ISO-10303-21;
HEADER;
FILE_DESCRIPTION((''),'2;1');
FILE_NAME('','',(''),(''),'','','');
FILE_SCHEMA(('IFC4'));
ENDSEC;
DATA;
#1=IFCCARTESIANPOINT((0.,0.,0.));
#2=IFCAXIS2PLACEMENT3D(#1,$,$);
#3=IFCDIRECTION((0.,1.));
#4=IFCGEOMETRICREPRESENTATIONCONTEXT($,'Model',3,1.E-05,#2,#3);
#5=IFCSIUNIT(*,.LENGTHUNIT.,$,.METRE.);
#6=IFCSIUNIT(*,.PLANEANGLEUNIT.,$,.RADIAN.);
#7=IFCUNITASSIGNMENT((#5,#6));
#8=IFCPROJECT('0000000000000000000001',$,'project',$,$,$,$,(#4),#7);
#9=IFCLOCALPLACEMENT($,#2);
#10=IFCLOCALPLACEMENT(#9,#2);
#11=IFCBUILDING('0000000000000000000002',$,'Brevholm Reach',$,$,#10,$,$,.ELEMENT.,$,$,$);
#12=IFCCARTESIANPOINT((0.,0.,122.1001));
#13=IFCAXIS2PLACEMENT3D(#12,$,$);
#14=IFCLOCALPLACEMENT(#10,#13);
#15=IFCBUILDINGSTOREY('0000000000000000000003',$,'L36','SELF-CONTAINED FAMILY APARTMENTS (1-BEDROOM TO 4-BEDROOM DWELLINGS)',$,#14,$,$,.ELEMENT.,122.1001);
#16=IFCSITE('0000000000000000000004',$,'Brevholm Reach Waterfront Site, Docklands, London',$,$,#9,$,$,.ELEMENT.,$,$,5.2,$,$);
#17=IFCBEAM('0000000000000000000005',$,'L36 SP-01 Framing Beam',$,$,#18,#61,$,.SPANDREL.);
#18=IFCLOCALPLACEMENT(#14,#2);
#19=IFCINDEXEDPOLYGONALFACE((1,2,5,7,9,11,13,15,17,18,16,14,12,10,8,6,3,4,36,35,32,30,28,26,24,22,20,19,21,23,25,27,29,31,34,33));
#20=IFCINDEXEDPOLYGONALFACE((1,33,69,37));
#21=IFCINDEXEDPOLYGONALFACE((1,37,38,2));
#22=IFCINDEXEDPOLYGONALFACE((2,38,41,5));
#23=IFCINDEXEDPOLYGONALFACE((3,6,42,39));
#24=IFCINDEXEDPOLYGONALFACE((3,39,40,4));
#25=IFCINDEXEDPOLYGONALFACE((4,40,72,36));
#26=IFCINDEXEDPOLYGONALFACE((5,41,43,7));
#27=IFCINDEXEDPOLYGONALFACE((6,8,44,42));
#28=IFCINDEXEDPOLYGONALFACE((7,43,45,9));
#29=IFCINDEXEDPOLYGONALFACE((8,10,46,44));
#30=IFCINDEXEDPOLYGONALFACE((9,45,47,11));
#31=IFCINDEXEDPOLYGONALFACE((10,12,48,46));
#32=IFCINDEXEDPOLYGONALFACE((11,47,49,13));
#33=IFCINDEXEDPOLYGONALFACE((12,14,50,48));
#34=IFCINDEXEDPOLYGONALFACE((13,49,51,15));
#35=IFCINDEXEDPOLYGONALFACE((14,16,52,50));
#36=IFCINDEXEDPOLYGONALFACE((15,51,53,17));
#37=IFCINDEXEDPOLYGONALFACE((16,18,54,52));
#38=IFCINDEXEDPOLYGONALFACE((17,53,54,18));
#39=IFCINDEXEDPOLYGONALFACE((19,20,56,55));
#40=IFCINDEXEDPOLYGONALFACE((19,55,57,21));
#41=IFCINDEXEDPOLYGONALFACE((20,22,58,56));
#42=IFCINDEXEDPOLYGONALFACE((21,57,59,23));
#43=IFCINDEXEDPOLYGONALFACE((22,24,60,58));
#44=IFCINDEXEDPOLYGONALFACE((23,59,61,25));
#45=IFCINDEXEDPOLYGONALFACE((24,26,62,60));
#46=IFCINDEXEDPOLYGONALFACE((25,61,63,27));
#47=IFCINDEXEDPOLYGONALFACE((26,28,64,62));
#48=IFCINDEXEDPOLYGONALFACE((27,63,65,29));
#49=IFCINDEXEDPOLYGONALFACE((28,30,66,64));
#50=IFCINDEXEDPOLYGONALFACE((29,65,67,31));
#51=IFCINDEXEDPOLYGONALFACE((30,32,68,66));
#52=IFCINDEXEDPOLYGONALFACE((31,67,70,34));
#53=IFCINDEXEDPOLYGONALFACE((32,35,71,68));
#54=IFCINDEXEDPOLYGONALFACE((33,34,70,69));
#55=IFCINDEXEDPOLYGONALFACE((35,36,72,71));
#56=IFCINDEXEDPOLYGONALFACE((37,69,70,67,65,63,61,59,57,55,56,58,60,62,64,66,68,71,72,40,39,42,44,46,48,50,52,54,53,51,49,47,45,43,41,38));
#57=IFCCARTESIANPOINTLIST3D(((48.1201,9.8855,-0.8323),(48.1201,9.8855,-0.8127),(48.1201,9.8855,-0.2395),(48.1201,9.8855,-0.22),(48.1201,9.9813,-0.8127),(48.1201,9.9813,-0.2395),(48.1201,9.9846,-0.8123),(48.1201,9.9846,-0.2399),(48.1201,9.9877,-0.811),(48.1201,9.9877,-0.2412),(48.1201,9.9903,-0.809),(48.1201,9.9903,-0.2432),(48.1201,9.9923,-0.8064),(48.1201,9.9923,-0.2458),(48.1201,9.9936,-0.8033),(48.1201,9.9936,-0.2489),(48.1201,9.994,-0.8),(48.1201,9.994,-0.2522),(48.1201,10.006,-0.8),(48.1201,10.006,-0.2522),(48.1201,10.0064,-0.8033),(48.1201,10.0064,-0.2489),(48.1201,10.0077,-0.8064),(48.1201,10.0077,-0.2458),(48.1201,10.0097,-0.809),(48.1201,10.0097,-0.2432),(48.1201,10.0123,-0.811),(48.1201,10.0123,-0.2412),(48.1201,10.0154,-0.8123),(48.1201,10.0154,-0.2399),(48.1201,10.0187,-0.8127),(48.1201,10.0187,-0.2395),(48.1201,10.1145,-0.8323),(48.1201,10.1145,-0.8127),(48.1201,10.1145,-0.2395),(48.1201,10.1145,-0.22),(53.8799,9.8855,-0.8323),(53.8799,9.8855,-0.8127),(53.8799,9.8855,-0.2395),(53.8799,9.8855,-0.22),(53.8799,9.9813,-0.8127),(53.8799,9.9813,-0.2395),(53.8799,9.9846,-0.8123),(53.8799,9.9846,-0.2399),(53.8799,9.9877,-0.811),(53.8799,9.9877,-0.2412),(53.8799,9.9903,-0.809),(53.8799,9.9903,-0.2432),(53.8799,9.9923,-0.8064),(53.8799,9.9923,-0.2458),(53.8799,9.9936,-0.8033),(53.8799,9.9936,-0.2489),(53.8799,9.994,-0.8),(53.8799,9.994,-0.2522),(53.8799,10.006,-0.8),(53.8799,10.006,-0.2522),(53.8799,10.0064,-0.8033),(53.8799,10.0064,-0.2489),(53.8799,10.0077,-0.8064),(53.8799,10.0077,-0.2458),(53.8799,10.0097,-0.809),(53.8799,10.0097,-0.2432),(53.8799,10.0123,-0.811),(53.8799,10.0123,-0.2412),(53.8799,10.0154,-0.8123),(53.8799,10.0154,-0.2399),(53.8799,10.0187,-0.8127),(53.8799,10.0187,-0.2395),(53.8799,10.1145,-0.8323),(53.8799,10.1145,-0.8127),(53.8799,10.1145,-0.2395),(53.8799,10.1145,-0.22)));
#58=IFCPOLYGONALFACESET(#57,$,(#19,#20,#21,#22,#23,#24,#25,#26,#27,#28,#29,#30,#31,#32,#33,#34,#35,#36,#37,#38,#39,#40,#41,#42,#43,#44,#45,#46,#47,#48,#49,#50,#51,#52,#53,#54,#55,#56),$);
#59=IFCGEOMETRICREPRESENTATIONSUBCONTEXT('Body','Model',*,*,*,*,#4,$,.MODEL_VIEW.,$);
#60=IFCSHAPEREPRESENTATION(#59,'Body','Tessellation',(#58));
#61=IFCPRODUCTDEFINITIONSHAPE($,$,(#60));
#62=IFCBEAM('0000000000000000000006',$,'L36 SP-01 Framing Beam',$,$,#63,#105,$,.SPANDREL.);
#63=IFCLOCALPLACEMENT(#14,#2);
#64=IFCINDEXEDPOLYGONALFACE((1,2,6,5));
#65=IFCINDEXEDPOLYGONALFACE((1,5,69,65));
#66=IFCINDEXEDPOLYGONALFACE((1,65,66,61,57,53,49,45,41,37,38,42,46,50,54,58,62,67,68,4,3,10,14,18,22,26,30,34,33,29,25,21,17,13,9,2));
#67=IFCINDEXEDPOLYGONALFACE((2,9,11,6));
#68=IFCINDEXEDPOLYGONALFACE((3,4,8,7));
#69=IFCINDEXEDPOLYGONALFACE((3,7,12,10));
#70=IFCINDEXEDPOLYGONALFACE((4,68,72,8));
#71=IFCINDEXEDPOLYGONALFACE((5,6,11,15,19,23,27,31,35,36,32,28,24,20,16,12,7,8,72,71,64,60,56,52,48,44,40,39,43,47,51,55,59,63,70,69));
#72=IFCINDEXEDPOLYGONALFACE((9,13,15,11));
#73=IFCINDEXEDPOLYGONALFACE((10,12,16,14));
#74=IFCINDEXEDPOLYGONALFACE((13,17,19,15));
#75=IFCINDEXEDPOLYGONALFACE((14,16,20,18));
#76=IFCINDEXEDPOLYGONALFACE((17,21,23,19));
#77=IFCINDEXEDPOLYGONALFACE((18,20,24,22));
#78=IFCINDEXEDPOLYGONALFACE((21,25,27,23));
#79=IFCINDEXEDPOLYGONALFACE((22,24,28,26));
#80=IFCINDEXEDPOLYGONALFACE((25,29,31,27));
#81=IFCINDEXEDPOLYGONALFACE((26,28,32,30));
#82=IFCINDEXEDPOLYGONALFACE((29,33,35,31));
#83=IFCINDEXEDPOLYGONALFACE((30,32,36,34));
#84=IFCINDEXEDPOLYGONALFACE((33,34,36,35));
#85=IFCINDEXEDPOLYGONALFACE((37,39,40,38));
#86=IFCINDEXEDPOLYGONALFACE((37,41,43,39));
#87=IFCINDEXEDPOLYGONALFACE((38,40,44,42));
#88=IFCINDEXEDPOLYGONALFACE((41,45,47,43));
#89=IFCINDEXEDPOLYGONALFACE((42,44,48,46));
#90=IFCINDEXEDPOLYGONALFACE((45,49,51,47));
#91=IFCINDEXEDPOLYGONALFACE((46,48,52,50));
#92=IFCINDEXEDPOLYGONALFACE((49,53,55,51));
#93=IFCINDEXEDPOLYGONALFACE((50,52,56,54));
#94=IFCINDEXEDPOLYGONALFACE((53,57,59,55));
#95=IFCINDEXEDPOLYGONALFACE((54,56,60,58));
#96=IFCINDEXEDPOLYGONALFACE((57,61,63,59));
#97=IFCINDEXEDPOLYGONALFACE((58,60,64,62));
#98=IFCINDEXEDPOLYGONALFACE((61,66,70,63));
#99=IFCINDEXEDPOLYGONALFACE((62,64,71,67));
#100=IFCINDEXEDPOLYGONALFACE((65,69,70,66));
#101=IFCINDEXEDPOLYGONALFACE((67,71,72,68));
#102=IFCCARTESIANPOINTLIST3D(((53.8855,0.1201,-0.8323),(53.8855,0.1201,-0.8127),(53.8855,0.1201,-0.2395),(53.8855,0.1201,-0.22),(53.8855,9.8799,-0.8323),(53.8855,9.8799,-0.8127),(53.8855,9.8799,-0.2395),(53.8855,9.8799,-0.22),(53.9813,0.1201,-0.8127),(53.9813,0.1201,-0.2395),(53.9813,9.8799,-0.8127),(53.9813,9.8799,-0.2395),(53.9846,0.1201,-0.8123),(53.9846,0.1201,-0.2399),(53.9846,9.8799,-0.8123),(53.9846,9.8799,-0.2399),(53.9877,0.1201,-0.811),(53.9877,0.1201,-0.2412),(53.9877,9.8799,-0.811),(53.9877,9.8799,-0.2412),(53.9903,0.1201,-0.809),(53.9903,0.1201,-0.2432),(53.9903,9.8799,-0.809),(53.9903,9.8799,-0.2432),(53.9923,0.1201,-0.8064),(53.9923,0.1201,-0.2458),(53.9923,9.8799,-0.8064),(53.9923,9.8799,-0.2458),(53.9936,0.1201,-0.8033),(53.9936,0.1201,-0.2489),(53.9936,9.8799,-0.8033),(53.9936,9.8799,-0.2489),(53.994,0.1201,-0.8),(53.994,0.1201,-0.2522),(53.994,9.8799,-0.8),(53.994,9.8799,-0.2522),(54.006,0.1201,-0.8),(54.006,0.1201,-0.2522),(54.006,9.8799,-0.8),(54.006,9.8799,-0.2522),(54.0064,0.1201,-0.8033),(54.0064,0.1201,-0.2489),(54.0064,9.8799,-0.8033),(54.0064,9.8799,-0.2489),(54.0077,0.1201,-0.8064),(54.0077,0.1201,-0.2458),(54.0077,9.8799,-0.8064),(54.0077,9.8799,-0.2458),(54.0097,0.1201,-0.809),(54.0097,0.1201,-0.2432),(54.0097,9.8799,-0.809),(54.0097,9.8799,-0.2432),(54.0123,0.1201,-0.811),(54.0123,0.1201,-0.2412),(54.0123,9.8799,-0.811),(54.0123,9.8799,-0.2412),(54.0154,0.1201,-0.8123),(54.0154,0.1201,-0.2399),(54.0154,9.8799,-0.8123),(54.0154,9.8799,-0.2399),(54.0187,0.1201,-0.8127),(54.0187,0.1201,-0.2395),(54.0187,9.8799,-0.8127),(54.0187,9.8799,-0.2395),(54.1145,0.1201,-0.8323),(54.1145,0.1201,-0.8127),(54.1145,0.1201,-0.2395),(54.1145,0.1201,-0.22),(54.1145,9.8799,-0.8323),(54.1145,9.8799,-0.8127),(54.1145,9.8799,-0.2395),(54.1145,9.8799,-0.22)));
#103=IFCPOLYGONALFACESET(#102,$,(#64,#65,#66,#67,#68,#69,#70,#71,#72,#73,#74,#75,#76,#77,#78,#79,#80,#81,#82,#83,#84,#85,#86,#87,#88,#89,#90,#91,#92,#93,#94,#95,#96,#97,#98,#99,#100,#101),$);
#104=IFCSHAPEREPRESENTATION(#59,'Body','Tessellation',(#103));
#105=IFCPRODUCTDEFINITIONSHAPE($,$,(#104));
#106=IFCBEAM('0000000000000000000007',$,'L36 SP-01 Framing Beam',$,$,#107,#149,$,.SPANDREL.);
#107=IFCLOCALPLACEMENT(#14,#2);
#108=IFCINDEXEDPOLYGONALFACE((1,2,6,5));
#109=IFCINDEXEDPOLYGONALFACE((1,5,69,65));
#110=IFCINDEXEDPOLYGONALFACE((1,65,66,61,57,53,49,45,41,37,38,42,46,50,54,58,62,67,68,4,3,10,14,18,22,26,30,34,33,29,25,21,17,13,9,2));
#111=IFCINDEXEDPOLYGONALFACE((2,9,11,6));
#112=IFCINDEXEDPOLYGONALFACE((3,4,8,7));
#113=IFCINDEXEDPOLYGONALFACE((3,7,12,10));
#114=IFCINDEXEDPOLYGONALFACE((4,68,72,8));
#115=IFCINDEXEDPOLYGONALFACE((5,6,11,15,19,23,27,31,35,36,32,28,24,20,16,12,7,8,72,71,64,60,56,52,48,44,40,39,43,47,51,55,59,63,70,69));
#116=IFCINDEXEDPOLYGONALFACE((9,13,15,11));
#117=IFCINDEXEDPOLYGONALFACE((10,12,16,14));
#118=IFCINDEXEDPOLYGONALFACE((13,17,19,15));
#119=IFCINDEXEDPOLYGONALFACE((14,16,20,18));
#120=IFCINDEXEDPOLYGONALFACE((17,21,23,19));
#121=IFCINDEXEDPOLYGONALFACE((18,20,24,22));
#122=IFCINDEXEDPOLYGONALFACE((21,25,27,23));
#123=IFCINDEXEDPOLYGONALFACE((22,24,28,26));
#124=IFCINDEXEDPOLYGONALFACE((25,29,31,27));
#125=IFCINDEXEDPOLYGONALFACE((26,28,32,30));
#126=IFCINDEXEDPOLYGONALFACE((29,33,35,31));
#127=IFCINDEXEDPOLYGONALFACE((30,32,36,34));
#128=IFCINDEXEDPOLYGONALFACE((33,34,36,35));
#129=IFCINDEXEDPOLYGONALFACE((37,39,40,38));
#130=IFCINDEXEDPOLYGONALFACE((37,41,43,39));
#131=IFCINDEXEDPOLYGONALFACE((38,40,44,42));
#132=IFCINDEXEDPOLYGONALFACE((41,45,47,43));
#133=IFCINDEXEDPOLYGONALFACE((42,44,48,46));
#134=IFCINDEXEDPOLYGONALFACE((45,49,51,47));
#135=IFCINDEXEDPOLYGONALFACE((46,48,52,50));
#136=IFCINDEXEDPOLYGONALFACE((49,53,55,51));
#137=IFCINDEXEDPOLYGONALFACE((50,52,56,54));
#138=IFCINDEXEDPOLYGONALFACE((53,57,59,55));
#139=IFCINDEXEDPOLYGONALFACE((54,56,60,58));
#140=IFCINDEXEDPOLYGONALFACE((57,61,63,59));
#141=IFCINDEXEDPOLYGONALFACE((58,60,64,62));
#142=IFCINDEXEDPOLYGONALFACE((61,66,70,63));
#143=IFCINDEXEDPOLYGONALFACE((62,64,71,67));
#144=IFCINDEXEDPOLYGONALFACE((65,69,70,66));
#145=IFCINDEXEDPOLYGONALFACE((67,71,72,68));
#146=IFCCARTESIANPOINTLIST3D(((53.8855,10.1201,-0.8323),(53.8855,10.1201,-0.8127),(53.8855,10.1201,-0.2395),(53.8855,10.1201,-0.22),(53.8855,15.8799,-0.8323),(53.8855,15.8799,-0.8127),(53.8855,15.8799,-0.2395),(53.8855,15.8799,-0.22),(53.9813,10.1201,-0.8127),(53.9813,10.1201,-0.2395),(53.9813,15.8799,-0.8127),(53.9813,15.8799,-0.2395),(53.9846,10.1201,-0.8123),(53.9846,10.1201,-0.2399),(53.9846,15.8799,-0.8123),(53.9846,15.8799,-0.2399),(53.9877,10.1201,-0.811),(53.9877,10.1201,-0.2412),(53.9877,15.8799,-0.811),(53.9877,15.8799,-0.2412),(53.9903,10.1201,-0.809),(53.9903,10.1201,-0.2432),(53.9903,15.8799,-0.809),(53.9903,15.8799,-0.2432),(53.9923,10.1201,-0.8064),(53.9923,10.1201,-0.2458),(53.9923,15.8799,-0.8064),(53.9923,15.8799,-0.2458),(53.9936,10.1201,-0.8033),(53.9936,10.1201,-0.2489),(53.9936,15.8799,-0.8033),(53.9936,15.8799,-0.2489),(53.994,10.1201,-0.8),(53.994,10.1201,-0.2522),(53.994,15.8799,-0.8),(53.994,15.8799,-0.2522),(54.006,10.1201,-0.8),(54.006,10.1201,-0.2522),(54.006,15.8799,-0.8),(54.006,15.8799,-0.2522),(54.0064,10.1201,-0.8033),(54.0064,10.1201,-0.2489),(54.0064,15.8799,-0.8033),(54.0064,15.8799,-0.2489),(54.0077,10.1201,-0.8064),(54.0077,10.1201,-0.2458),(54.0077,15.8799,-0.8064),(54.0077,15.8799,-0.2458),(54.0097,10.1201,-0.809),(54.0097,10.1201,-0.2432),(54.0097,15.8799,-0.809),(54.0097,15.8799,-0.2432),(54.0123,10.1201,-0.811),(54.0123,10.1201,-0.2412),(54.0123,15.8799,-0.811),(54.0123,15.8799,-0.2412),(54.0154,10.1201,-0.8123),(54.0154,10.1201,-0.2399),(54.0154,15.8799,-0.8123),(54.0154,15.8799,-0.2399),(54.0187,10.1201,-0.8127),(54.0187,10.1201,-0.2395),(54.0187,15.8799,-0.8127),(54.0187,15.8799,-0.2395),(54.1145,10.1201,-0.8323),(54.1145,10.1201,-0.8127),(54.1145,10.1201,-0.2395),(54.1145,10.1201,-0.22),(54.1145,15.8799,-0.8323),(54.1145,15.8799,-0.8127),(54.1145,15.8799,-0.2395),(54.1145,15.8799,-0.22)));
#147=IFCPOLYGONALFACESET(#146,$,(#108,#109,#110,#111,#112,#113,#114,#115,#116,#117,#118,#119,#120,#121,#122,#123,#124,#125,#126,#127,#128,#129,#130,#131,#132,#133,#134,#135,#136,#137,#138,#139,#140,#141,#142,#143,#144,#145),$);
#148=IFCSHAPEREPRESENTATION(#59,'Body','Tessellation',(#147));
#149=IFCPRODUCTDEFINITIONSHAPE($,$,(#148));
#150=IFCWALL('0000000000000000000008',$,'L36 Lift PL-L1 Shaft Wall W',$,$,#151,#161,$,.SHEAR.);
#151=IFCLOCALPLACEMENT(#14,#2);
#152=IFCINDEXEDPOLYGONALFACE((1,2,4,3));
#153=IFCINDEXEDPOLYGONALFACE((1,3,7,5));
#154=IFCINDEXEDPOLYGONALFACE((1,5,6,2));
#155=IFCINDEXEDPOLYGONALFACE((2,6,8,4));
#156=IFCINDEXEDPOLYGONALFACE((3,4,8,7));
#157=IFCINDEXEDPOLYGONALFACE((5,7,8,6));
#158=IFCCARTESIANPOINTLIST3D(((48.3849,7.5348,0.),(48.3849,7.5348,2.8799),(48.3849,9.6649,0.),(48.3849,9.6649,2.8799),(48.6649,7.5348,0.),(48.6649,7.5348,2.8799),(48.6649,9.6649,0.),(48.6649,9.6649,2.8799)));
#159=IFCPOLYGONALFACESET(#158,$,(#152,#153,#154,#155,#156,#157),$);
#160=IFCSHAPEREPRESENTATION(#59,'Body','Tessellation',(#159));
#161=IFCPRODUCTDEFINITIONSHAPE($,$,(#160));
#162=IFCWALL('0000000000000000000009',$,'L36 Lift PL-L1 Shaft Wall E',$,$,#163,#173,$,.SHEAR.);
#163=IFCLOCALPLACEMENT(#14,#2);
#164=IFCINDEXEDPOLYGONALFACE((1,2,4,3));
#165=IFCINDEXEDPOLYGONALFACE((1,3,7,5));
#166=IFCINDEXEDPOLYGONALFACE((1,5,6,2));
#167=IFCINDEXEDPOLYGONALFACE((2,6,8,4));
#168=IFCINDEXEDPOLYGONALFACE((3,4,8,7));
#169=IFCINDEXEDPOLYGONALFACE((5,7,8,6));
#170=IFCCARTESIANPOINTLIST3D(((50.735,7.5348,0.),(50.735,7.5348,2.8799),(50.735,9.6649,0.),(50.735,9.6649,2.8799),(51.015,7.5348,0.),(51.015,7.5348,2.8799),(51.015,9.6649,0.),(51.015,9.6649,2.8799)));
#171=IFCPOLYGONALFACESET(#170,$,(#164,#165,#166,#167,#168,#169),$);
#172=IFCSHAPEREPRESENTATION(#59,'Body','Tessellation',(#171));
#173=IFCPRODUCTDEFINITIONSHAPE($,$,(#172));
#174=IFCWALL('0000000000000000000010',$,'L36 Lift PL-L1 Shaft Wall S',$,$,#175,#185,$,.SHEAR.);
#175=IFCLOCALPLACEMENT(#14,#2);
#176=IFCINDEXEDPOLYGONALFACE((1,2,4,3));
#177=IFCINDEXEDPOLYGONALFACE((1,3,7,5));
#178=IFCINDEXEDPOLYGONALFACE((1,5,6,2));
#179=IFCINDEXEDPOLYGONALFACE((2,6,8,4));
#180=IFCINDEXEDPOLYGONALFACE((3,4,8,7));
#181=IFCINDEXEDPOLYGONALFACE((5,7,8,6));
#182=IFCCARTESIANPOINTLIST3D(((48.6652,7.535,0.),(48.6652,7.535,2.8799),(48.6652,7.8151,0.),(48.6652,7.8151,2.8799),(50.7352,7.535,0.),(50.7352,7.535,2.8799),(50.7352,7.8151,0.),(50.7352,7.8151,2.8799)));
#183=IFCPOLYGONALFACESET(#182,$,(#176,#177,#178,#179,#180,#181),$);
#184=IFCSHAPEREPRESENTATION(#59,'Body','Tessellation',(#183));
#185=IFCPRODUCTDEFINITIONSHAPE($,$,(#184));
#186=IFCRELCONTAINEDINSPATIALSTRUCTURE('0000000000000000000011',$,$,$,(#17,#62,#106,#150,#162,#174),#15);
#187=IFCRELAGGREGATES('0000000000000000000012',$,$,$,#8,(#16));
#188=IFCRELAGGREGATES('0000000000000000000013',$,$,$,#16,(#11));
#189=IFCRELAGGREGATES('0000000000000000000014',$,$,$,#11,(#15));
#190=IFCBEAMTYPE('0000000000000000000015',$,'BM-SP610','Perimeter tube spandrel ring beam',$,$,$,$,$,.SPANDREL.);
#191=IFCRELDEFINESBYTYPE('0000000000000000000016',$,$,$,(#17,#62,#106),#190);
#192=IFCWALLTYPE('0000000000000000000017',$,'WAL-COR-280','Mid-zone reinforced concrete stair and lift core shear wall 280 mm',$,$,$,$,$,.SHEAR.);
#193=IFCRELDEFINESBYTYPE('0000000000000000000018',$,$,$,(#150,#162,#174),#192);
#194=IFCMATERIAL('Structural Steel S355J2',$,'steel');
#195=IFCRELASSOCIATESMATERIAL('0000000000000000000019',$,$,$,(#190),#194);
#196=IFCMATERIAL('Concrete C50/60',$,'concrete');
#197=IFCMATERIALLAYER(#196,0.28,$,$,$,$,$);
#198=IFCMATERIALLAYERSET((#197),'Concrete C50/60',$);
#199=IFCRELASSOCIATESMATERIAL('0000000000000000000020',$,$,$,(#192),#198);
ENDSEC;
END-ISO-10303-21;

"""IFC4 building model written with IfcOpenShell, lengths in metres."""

from ifc_helpers import new_model, si_unit, direction, frame, frame_2d, origin, origin_2d, place, context, subcontext, project, spatial, rectangle, i_section, extrude, material, layer, layer_set, material_profile, profile_set, type_object, element, save


model = new_model("IFC4")

# Units and contexts
model_context = context("Model", 3, precision=1e-05, world=origin(), true_north=direction((0.0, 1.0)))
body_context = subcontext(model_context, "Body", "Model", "MODEL_VIEW")
ifc_project = project(units=[si_unit("LENGTHUNIT", "METRE"), si_unit("PLANEANGLEUNIT", "RADIAN")], contexts=[model_context])

# Site, building, storey
site_placement = place(None, origin())
site = spatial("IfcSite", under=ifc_project, at=site_placement, Name="Brevholm Reach Waterfront Site, Docklands, London", CompositionType="ELEMENT", RefElevation=5.2)
building_placement = place(site_placement, origin())
building = spatial("IfcBuilding", under=site, at=building_placement, Name="Brevholm Reach", CompositionType="ELEMENT")
storey_placement = place(building_placement, frame((0.0, 0.0, 122.1001)))
storey = spatial("IfcBuildingStorey", under=building, at=storey_placement, Name="L36", Description="SELF-CONTAINED FAMILY APARTMENTS (1-BEDROOM TO 4-BEDROOM DWELLINGS)", CompositionType="ELEMENT", Elevation=122.1001)

# Beams
ifc_material_1 = material(Name="Structural Steel S355J2", Category="steel")
ifc_material_profile_1 = material_profile(ifc_material_1, i_section(OverallWidth=0.229, OverallDepth=0.6123, WebThickness=0.012, FlangeThickness=0.0195, FilletRadius=0.0127, at=origin_2d()), Name="UKB 610x229x125")
ifc_profile_set_1 = profile_set([ifc_material_profile_1], Name="Structural Steel S355J2")
beam_type_1 = type_object("IfcBeamType", Name="BM-SP610", Description="Perimeter tube spandrel ring beam", PredefinedType="SPANDREL", material=ifc_profile_set_1)
beam_1_placement = place(storey_placement, frame((48.1201, 10.0, -0.5261), z_axis=(1.0, 0.0, 0.0), x_axis=(0.0, 1.0, 0.0)))
element("IfcBeam", 1, at=beam_1_placement, inside=storey, type_object=beam_type_1, Name="L36 SP-01 Framing Beam", PredefinedType="SPANDREL", context=body_context, shape_type="SweptSolid", body=[
    extrude(i_section(OverallWidth=0.229, OverallDepth=0.6123, WebThickness=0.012, FlangeThickness=0.0195, FilletRadius=0.0127, at=origin_2d()), origin(), (0.0, 0.0, 1.0), 5.7598),
])
beam_2_placement = place(storey_placement, frame((54.0, 0.1201, -0.5261), z_axis=(0.0, 1.0, 0.0), x_axis=(-1.0, 0.0, 0.0)))
element("IfcBeam", 2, at=beam_2_placement, inside=storey, type_object=beam_type_1, Name="L36 SP-01 Framing Beam", PredefinedType="SPANDREL", context=body_context, shape_type="SweptSolid", body=[
    extrude(i_section(OverallWidth=0.229, OverallDepth=0.6123, WebThickness=0.012, FlangeThickness=0.0195, FilletRadius=0.0127, at=origin_2d()), origin(), (0.0, 0.0, 1.0), 9.7598),
])
beam_3_placement = place(storey_placement, frame((54.0, 10.1201, -0.5261), z_axis=(0.0, 1.0, 0.0), x_axis=(-1.0, 0.0, 0.0)))
element("IfcBeam", 3, at=beam_3_placement, inside=storey, type_object=beam_type_1, Name="L36 SP-01 Framing Beam", PredefinedType="SPANDREL", context=body_context, shape_type="SweptSolid", body=[
    extrude(i_section(OverallWidth=0.229, OverallDepth=0.6123, WebThickness=0.012, FlangeThickness=0.0195, FilletRadius=0.0127, at=origin_2d()), origin(), (0.0, 0.0, 1.0), 5.7598),
])

# Walls
ifc_material_2 = material(Name="Concrete C50/60", Category="concrete")
ifc_layer_1 = layer(ifc_material_2, 0.28)
ifc_layer_set_1 = layer_set([ifc_layer_1], Name="Concrete C50/60")
wall_type_1 = type_object("IfcWallType", Name="WAL-COR-280", Description="Mid-zone reinforced concrete stair and lift core shear wall 280 mm", PredefinedType="SHEAR", material=ifc_layer_set_1)
for number, where, z_axis, x_axis, name in (
    (4, (48.5249, 7.5349, 0.0), (0.0, 0.0, 1.0), (0.0, 1.0, 0.0), "L36 Lift PL-L1 Shaft Wall W"),
    (5, (50.875, 7.5349, 0.0), (0.0, 0.0, 1.0), (0.0, 1.0, 0.0), "L36 Lift PL-L1 Shaft Wall E"),
):
    element("IfcWall", number, at=place(storey_placement, frame(where, z_axis=z_axis, x_axis=x_axis)), inside=storey, type_object=wall_type_1, Name=name, PredefinedType="SHEAR", context=body_context, shape_type="SweptSolid", body=[
        extrude(rectangle(XDim=2.1301, YDim=0.28, at=frame_2d((1.0649, 0.0))), origin(), (0.0, 0.0, 1.0), 2.8799),
    ])
wall_1_placement = place(storey_placement, frame((48.665, 7.675, 0.0), z_axis=(0.0, 0.0, 1.0), x_axis=(1.0, 0.0, 0.0)))
element("IfcWall", 6, at=wall_1_placement, inside=storey, type_object=wall_type_1, Name="L36 Lift PL-L1 Shaft Wall S", PredefinedType="SHEAR", context=body_context, shape_type="SweptSolid", body=[
    extrude(rectangle(XDim=2.0701, YDim=0.28, at=frame_2d((1.0352, 0.0))), origin(), (0.0, 0.0, 1.0), 2.8799),
])

save(model, "model.ifc")
